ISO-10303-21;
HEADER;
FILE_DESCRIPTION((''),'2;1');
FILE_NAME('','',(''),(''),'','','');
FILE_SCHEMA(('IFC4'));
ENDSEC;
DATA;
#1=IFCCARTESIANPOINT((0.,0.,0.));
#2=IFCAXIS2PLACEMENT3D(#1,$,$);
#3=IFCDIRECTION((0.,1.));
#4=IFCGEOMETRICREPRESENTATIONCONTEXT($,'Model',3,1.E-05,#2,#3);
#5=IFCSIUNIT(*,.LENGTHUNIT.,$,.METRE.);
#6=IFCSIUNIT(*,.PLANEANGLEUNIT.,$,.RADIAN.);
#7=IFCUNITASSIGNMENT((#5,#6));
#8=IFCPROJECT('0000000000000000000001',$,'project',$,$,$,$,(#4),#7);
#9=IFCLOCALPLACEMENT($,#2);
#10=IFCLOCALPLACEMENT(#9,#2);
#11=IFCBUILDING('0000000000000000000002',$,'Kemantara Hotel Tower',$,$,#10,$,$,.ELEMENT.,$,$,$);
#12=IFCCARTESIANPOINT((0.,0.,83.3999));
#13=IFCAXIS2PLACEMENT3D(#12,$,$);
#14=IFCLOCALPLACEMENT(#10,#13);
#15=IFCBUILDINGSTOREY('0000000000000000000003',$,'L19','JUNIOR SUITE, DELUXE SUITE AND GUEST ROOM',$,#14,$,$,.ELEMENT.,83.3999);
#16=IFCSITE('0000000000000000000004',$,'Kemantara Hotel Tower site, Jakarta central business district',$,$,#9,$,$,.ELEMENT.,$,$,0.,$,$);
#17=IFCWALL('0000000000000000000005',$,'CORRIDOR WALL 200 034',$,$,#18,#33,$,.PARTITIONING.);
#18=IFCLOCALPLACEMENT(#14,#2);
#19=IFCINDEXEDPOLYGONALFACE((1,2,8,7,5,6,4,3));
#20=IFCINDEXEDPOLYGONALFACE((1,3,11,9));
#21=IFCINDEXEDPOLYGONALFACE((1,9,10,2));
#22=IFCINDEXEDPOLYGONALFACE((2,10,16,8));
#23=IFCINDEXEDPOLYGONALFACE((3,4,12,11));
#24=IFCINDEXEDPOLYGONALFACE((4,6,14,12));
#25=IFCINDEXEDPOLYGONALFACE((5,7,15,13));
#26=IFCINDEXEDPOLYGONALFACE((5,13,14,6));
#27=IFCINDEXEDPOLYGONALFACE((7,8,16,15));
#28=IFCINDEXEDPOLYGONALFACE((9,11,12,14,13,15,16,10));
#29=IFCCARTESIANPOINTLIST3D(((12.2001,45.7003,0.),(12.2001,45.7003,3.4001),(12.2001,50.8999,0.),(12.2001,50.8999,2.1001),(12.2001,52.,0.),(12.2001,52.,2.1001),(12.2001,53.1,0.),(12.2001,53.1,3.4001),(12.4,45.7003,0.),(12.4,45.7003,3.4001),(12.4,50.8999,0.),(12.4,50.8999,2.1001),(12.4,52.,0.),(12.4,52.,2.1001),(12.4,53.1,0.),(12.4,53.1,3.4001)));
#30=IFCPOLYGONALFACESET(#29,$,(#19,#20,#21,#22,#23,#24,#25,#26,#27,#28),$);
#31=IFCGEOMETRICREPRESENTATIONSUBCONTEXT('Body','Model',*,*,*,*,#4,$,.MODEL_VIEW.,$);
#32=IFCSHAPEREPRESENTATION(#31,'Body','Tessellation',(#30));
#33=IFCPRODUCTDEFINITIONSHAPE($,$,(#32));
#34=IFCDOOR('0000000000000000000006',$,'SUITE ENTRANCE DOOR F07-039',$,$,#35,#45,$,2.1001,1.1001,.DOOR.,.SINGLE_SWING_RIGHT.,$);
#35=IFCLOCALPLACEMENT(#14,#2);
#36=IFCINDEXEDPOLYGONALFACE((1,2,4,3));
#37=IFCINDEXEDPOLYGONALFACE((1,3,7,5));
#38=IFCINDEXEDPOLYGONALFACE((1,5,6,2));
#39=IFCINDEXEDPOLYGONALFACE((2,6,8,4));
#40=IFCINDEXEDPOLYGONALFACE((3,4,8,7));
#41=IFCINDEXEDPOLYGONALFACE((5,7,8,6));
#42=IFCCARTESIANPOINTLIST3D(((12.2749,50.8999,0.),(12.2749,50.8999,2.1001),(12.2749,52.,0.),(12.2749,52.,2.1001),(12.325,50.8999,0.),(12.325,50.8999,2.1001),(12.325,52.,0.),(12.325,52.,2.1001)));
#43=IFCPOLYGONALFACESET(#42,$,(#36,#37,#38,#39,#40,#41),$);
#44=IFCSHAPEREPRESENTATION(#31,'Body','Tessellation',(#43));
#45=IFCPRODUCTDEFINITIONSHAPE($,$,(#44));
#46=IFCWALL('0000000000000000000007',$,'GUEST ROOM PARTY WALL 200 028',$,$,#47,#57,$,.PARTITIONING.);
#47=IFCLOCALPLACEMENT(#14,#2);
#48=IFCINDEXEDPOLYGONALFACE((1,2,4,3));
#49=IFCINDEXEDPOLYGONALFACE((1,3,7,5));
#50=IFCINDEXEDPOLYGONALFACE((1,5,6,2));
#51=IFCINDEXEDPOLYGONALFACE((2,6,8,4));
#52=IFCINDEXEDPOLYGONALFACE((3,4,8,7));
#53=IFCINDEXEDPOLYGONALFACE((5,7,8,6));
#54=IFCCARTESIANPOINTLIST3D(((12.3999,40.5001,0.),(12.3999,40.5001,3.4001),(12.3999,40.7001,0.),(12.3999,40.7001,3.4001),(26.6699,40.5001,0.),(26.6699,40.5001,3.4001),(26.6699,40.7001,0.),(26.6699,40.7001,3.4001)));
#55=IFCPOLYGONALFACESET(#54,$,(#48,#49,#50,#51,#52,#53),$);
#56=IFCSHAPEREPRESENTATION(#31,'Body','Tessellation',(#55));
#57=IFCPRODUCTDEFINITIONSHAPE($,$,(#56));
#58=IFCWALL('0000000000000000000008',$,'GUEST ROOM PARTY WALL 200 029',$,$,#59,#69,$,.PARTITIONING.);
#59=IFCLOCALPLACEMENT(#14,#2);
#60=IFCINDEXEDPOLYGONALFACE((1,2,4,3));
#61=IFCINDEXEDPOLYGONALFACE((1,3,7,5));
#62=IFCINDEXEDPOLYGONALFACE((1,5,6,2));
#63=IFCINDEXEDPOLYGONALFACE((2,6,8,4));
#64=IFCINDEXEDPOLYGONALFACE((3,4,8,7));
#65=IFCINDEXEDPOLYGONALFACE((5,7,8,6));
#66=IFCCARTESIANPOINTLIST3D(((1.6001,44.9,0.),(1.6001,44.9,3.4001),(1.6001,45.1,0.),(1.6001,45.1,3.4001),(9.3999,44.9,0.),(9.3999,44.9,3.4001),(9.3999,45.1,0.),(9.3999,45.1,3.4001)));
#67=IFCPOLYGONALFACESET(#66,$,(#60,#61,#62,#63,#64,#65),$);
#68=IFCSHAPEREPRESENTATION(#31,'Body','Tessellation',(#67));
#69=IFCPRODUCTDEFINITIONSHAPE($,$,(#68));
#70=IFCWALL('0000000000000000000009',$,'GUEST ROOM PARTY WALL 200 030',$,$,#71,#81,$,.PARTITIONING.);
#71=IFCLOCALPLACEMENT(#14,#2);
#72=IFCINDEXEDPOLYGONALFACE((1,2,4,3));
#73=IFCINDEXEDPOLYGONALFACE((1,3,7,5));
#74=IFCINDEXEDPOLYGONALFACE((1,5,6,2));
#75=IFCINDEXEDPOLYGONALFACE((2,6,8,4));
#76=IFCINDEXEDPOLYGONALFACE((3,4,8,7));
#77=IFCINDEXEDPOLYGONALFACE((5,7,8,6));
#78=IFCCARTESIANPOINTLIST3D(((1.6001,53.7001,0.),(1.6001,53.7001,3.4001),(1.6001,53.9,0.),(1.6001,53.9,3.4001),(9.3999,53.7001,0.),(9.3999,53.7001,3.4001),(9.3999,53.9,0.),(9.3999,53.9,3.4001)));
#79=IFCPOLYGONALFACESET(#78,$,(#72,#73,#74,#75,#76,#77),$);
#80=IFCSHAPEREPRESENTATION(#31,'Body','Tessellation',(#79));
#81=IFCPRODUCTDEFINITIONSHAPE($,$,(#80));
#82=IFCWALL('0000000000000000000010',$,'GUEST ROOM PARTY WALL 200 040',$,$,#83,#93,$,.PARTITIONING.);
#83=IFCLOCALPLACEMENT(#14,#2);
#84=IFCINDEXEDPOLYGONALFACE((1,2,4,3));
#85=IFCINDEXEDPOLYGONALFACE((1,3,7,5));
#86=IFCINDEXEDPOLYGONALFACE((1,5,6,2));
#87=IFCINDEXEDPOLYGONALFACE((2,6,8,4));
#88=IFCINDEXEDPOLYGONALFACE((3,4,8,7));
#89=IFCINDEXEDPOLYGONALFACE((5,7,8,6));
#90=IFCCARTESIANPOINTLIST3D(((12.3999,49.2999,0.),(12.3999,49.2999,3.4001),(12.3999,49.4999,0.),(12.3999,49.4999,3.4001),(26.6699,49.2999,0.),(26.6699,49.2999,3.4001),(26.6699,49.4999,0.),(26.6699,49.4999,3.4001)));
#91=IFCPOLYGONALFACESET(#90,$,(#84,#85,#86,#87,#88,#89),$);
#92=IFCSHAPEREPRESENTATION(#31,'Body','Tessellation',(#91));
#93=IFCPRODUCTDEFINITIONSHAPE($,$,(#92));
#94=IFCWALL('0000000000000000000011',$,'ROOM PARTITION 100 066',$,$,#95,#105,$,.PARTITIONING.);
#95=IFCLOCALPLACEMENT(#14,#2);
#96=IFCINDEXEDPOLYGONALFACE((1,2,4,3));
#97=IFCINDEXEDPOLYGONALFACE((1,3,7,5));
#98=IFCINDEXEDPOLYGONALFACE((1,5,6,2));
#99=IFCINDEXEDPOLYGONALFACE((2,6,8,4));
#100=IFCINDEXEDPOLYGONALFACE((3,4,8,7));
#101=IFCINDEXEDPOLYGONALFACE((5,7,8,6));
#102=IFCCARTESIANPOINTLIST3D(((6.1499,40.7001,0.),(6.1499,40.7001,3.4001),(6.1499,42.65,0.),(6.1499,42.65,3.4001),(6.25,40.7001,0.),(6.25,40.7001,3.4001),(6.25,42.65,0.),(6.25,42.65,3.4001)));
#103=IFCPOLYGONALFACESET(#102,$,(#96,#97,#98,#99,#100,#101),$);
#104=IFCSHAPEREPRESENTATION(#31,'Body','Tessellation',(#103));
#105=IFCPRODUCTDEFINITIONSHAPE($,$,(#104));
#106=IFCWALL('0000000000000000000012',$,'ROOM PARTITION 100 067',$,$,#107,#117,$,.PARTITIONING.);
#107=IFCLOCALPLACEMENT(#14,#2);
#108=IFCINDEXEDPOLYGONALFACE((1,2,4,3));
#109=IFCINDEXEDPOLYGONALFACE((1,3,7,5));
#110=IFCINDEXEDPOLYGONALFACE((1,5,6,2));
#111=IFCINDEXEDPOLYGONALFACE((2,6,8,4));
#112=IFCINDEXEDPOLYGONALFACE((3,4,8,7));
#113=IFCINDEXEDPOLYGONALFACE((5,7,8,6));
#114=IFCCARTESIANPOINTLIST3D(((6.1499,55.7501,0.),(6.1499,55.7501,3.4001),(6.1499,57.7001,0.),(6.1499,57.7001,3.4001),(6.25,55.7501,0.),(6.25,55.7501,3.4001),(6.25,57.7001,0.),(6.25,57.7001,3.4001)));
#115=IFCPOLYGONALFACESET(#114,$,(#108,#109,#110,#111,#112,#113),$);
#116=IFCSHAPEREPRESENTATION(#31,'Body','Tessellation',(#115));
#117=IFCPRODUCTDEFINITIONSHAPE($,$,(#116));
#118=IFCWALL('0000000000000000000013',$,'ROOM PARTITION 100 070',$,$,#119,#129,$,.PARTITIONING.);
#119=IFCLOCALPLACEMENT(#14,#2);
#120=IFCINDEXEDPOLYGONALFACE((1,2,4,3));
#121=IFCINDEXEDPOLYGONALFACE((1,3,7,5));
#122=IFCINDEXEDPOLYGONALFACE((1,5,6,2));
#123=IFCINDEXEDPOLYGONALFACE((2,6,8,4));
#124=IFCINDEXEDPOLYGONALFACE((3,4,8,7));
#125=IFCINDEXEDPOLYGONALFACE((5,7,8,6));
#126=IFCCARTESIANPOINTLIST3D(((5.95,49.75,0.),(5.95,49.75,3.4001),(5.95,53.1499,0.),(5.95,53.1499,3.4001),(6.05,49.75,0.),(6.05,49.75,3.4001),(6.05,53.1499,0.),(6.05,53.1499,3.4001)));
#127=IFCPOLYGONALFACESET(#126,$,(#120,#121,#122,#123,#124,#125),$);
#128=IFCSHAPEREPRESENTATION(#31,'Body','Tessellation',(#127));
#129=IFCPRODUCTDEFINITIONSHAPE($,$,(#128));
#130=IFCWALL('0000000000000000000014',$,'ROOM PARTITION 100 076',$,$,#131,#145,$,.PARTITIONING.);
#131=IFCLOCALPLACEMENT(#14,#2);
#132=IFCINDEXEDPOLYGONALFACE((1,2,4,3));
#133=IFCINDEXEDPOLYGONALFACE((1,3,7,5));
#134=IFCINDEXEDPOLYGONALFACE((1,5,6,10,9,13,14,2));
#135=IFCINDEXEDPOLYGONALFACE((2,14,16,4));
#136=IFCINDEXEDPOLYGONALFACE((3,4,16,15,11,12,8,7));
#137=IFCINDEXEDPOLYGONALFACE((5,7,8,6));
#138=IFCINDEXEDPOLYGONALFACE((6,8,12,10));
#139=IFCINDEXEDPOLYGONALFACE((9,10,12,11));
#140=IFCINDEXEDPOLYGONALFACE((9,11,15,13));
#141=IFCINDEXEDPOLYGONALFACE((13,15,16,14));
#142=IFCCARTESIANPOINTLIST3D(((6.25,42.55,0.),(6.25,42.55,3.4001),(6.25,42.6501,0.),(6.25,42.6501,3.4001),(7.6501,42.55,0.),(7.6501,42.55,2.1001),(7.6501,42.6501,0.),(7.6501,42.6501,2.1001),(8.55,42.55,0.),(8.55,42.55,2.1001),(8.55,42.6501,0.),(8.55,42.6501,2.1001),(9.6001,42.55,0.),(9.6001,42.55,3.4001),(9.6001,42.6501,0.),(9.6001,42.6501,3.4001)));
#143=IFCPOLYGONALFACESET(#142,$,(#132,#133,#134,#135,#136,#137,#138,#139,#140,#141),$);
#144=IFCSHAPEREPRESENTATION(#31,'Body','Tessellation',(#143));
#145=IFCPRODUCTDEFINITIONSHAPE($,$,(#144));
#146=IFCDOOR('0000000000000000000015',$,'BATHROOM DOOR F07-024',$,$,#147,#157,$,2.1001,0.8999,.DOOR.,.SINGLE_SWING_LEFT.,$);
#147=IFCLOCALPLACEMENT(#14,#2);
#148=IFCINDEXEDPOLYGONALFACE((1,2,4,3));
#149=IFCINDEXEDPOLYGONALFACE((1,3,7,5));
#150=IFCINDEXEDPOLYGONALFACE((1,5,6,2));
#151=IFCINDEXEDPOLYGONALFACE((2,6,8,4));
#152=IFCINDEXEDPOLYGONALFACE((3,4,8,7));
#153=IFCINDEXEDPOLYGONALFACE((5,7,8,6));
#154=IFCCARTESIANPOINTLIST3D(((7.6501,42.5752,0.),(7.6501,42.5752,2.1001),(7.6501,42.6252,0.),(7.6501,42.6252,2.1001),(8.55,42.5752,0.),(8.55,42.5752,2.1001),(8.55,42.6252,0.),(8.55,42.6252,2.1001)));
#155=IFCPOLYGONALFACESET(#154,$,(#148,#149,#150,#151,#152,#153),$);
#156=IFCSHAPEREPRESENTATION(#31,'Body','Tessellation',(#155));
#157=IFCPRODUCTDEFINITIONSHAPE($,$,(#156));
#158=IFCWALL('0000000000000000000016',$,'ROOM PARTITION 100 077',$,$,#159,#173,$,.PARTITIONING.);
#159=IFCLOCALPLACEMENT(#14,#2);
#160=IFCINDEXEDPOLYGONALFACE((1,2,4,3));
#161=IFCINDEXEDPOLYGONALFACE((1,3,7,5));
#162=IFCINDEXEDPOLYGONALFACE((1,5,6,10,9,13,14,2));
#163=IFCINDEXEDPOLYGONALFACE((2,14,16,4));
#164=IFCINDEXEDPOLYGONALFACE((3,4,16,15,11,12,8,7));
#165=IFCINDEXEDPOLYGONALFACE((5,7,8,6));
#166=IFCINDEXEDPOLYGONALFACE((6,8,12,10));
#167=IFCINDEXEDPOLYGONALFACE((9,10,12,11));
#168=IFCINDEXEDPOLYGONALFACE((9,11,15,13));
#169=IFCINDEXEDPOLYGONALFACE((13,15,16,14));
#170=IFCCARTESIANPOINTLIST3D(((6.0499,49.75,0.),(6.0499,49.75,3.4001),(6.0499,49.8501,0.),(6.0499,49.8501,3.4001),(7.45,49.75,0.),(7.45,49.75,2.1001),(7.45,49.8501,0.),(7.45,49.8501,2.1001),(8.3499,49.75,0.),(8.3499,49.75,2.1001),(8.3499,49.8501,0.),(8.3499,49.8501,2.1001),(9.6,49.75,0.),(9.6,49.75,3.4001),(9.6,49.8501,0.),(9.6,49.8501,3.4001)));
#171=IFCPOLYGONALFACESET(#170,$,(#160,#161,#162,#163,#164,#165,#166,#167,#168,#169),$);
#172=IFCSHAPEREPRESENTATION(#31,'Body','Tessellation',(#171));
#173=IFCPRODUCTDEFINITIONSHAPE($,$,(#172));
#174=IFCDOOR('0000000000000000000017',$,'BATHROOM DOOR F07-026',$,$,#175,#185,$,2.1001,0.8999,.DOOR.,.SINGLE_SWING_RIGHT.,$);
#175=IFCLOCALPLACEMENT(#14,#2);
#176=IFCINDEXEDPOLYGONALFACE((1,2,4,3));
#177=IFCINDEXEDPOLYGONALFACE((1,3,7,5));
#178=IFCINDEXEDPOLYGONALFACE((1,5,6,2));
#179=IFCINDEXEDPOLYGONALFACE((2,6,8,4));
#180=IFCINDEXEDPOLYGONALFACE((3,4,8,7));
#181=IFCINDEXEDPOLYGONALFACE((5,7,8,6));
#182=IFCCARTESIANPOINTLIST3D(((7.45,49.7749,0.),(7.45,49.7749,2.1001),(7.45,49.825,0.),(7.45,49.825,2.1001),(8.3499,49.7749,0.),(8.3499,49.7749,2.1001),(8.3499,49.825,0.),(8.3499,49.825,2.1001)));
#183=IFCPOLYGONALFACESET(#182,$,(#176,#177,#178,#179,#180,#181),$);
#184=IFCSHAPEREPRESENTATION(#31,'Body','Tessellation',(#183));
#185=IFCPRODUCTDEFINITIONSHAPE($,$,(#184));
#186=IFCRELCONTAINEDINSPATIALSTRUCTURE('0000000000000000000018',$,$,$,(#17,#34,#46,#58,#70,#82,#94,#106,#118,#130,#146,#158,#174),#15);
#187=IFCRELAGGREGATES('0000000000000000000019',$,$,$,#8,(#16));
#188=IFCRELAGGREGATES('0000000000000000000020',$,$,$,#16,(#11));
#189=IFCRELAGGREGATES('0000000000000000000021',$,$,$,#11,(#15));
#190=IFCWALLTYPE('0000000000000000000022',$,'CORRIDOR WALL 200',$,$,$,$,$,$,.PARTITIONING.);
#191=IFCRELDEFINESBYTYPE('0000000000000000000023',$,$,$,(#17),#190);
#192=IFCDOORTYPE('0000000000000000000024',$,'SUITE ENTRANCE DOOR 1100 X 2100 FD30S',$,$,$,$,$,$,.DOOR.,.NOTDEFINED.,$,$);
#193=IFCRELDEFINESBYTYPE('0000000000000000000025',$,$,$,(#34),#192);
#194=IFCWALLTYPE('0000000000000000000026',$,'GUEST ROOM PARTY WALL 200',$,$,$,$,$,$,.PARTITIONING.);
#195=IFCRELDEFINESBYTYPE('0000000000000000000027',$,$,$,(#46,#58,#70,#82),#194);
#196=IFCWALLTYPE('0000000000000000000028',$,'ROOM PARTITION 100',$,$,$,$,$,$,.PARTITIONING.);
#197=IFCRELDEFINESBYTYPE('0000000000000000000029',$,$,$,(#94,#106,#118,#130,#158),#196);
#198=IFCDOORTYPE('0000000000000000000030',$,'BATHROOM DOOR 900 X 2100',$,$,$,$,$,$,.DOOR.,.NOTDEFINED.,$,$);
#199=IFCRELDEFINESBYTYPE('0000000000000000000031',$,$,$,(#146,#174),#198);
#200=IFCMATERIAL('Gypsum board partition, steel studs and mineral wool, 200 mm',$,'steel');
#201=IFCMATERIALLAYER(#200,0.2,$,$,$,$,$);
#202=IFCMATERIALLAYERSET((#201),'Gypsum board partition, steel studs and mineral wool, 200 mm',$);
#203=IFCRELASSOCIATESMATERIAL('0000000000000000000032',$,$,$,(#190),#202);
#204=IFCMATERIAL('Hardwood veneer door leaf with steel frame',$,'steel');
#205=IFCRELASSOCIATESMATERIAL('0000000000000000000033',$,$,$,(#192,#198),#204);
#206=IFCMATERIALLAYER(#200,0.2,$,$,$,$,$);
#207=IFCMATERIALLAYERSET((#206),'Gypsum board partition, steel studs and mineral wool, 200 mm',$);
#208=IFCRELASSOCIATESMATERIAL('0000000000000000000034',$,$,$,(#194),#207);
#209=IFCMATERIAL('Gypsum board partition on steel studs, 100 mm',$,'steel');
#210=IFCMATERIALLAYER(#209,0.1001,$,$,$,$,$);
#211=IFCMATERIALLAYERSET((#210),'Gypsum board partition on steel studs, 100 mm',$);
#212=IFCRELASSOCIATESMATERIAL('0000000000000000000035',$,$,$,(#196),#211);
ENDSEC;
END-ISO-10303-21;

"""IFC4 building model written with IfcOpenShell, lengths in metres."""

from ifc_helpers import new_model, si_unit, direction, frame, frame_2d, origin, place, context, subcontext, project, spatial, rectangle, extrude, material, layer, layer_set, type_object, element, fill, save


model = new_model("IFC4")

# Units and contexts
model_context = context("Model", 3, precision=1e-05, world=origin(), true_north=direction((0.0, 1.0)))
body_context = subcontext(model_context, "Body", "Model", "MODEL_VIEW")
ifc_project = project(units=[si_unit("LENGTHUNIT", "METRE"), si_unit("PLANEANGLEUNIT", "RADIAN")], contexts=[model_context])

# Site, building, storey
site_placement = place(None, origin())
site = spatial("IfcSite", under=ifc_project, at=site_placement, Name="Kemantara Hotel Tower site, Jakarta central business district", CompositionType="ELEMENT", RefElevation=0.0)
building_placement = place(site_placement, origin())
building = spatial("IfcBuilding", under=site, at=building_placement, Name="Kemantara Hotel Tower", CompositionType="ELEMENT")
storey_placement = place(building_placement, frame((0.0, 0.0, 83.3999)))
storey = spatial("IfcBuildingStorey", under=building, at=storey_placement, Name="L19", Description="JUNIOR SUITE, DELUXE SUITE AND GUEST ROOM", CompositionType="ELEMENT", Elevation=83.3999)

# Wall, opening, door
ifc_material_1 = material(Name="Gypsum board partition, steel studs and mineral wool, 200 mm", Category="steel")
ifc_layer_1 = layer(ifc_material_1, 0.2)
ifc_layer_set_1 = layer_set([ifc_layer_1], Name="Gypsum board partition, steel studs and mineral wool, 200 mm")
wall_type_1 = type_object("IfcWallType", Name="CORRIDOR WALL 200", PredefinedType="PARTITIONING", material=ifc_layer_set_1)
ifc_material_2 = material(Name="Hardwood veneer door leaf with steel frame", Category="steel")
door_type_1 = type_object("IfcDoorType", Name="SUITE ENTRANCE DOOR 1100 X 2100 FD30S", OperationType="NOTDEFINED", PredefinedType="DOOR", material=ifc_material_2)
wall_1_placement = place(storey_placement, frame((12.3, 53.0999, 0.0), z_axis=(0.0, 0.0, 1.0), x_axis=(0.0, -1.0, 0.0)))
wall_1 = element("IfcWall", 1, at=wall_1_placement, inside=storey, type_object=wall_type_1, Name="CORRIDOR WALL 200 034", PredefinedType="PARTITIONING", context=body_context, shape_type="SweptSolid", body=[
    extrude(rectangle(XDim=7.3997, YDim=0.2, at=frame_2d((3.6997, 0.0))), origin(), (0.0, 0.0, 1.0), 3.4001),
])
opening_1_placement = place(wall_1_placement, frame((1.0999, 0.0, 0.0)))
opening_1 = element("IfcOpeningElement", 2, at=opening_1_placement, cuts=wall_1, PredefinedType="OPENING", context=body_context, shape_type="SweptSolid", body=[
    extrude(rectangle(XDim=1.1001, YDim=2.1001, at=frame_2d((0.55, 1.05))), frame((0.0, 0.1099, 0.0), z_axis=(0.0, -1.0, 0.0), x_axis=(1.0, 0.0, 0.0)), (0.0, 0.0, 1.0), 0.22),
])
door_1_placement = place(opening_1_placement, origin())
door_1 = element("IfcDoor", 3, at=door_1_placement, inside=storey, type_object=door_type_1, Name="SUITE ENTRANCE DOOR F07-039", OperationType="SINGLE_SWING_RIGHT", OverallHeight=2.1001, OverallWidth=1.1001, PredefinedType="DOOR", context=body_context, shape_type="SweptSolid", body=[
    extrude(rectangle(XDim=1.1001, YDim=2.1001, at=frame_2d((0.55, 1.05))), frame((0.0, 0.0249, 0.0), z_axis=(0.0, -1.0, 0.0), x_axis=(1.0, 0.0, 0.0)), (0.0, 0.0, 1.0), 0.05),
])
fill(opening_1, door_1)

# Walls
ifc_layer_2 = layer(ifc_material_1, 0.2)
ifc_layer_set_2 = layer_set([ifc_layer_2], Name="Gypsum board partition, steel studs and mineral wool, 200 mm")
wall_type_2 = type_object("IfcWallType", Name="GUEST ROOM PARTY WALL 200", PredefinedType="PARTITIONING", material=ifc_layer_set_2)
wall_2_placement = place(storey_placement, frame((12.3999, 40.6001, 0.0), z_axis=(0.0, 0.0, 1.0), x_axis=(1.0, 0.0, 0.0)))
element("IfcWall", 4, at=wall_2_placement, inside=storey, type_object=wall_type_2, Name="GUEST ROOM PARTY WALL 200 028", PredefinedType="PARTITIONING", context=body_context, shape_type="SweptSolid", body=[
    extrude(rectangle(XDim=14.27, YDim=0.2, at=frame_2d((7.135, 0.0))), origin(), (0.0, 0.0, 1.0), 3.4001),
])
for number, where, z_axis, x_axis, name in (
    (5, (1.6001, 45.0, 0.0), (0.0, 0.0, 1.0), (1.0, 0.0, 0.0), "GUEST ROOM PARTY WALL 200 029"),
    (6, (1.6001, 53.8, 0.0), (0.0, 0.0, 1.0), (1.0, 0.0, 0.0), "GUEST ROOM PARTY WALL 200 030"),
):
    element("IfcWall", number, at=place(storey_placement, frame(where, z_axis=z_axis, x_axis=x_axis)), inside=storey, type_object=wall_type_2, Name=name, PredefinedType="PARTITIONING", context=body_context, shape_type="SweptSolid", body=[
        extrude(rectangle(XDim=7.7998, YDim=0.2, at=frame_2d((3.8999, 0.0))), origin(), (0.0, 0.0, 1.0), 3.4001),
    ])
wall_3_placement = place(storey_placement, frame((12.3999, 49.3999, 0.0), z_axis=(0.0, 0.0, 1.0), x_axis=(1.0, 0.0, 0.0)))
element("IfcWall", 7, at=wall_3_placement, inside=storey, type_object=wall_type_2, Name="GUEST ROOM PARTY WALL 200 040", PredefinedType="PARTITIONING", context=body_context, shape_type="SweptSolid", body=[
    extrude(rectangle(XDim=14.27, YDim=0.2, at=frame_2d((7.135, 0.0))), origin(), (0.0, 0.0, 1.0), 3.4001),
])
ifc_material_3 = material(Name="Gypsum board partition on steel studs, 100 mm", Category="steel")
ifc_layer_3 = layer(ifc_material_3, 0.1001)
ifc_layer_set_3 = layer_set([ifc_layer_3], Name="Gypsum board partition on steel studs, 100 mm")
wall_type_3 = type_object("IfcWallType", Name="ROOM PARTITION 100", PredefinedType="PARTITIONING", material=ifc_layer_set_3)
for number, where, z_axis, x_axis, name in (
    (8, (6.2, 40.7, 0.0), (0.0, 0.0, 1.0), (0.0, 1.0, 0.0), "ROOM PARTITION 100 066"),
    (9, (6.2, 55.75, 0.0), (0.0, 0.0, 1.0), (0.0, 1.0, 0.0), "ROOM PARTITION 100 067"),
):
    element("IfcWall", number, at=place(storey_placement, frame(where, z_axis=z_axis, x_axis=x_axis)), inside=storey, type_object=wall_type_3, Name=name, PredefinedType="PARTITIONING", context=body_context, shape_type="SweptSolid", body=[
        extrude(rectangle(XDim=1.95, YDim=0.1001, at=frame_2d((0.9751, 0.0))), origin(), (0.0, 0.0, 1.0), 3.4001),
    ])
wall_4_placement = place(storey_placement, frame((6.0, 49.75, 0.0), z_axis=(0.0, 0.0, 1.0), x_axis=(0.0, 1.0, 0.0)))
element("IfcWall", 10, at=wall_4_placement, inside=storey, type_object=wall_type_3, Name="ROOM PARTITION 100 070", PredefinedType="PARTITIONING", context=body_context, shape_type="SweptSolid", body=[
    extrude(rectangle(XDim=3.3999, YDim=0.1001, at=frame_2d((1.7, 0.0))), origin(), (0.0, 0.0, 1.0), 3.4001),
])

# Walls, openings, doors
wall_5_placement = place(storey_placement, frame((9.6001, 42.6001, 0.0), z_axis=(0.0, 0.0, 1.0), x_axis=(-1.0, 0.0, 0.0)))
wall_5 = element("IfcWall", 11, at=wall_5_placement, inside=storey, type_object=wall_type_3, Name="ROOM PARTITION 100 076", PredefinedType="PARTITIONING", context=body_context, shape_type="SweptSolid", body=[
    extrude(rectangle(XDim=3.3501, YDim=0.1001, at=frame_2d((1.675, 0.0))), origin(), (0.0, 0.0, 1.0), 3.4001),
])
opening_2_placement = place(wall_5_placement, frame((1.05, 0.0, 0.0)))
opening_2 = element("IfcOpeningElement", 12, at=opening_2_placement, cuts=wall_5, PredefinedType="OPENING", context=body_context, shape_type="SweptSolid", body=[
    extrude(rectangle(XDim=0.8999, YDim=2.1001, at=frame_2d((0.45, 1.05))), frame((0.0, 0.0601, 0.0), z_axis=(0.0, -1.0, 0.0), x_axis=(1.0, 0.0, 0.0)), (0.0, 0.0, 1.0), 0.1201),
])
door_type_2 = type_object("IfcDoorType", Name="BATHROOM DOOR 900 X 2100", OperationType="NOTDEFINED", PredefinedType="DOOR", material=ifc_material_2)
door_2_placement = place(opening_2_placement, origin())
door_2 = element("IfcDoor", 13, at=door_2_placement, inside=storey, type_object=door_type_2, Name="BATHROOM DOOR F07-024", OperationType="SINGLE_SWING_LEFT", OverallHeight=2.1001, OverallWidth=0.8999, PredefinedType="DOOR", context=body_context, shape_type="SweptSolid", body=[
    extrude(rectangle(XDim=0.8999, YDim=2.1001, at=frame_2d((0.45, 1.05))), frame((0.0, 0.0249, 0.0), z_axis=(0.0, -1.0, 0.0), x_axis=(1.0, 0.0, 0.0)), (0.0, 0.0, 1.0), 0.05),
])
fill(opening_2, door_2)
wall_6_placement = place(storey_placement, frame((6.05, 49.8, 0.0), z_axis=(0.0, 0.0, 1.0), x_axis=(1.0, 0.0, 0.0)))
wall_6 = element("IfcWall", 14, at=wall_6_placement, inside=storey, type_object=wall_type_3, Name="ROOM PARTITION 100 077", PredefinedType="PARTITIONING", context=body_context, shape_type="SweptSolid", body=[
    extrude(rectangle(XDim=3.55, YDim=0.1001, at=frame_2d((1.7749, 0.0))), origin(), (0.0, 0.0, 1.0), 3.4001),
])
opening_3_placement = place(wall_6_placement, frame((1.3999, 0.0, 0.0)))
opening_3 = element("IfcOpeningElement", 15, at=opening_3_placement, cuts=wall_6, PredefinedType="OPENING", context=body_context, shape_type="SweptSolid", body=[
    extrude(rectangle(XDim=0.8999, YDim=2.1001, at=frame_2d((0.45, 1.05))), frame((0.0, 0.0601, 0.0), z_axis=(0.0, -1.0, 0.0), x_axis=(1.0, 0.0, 0.0)), (0.0, 0.0, 1.0), 0.1201),
])
door_3_placement = place(opening_3_placement, origin())
door_3 = element("IfcDoor", 16, at=door_3_placement, inside=storey, type_object=door_type_2, Name="BATHROOM DOOR F07-026", OperationType="SINGLE_SWING_RIGHT", OverallHeight=2.1001, OverallWidth=0.8999, PredefinedType="DOOR", context=body_context, shape_type="SweptSolid", body=[
    extrude(rectangle(XDim=0.8999, YDim=2.1001, at=frame_2d((0.45, 1.05))), frame((0.0, 0.0249, 0.0), z_axis=(0.0, -1.0, 0.0), x_axis=(1.0, 0.0, 0.0)), (0.0, 0.0, 1.0), 0.05),
])
fill(opening_3, door_3)

save(model, "model.ifc")
